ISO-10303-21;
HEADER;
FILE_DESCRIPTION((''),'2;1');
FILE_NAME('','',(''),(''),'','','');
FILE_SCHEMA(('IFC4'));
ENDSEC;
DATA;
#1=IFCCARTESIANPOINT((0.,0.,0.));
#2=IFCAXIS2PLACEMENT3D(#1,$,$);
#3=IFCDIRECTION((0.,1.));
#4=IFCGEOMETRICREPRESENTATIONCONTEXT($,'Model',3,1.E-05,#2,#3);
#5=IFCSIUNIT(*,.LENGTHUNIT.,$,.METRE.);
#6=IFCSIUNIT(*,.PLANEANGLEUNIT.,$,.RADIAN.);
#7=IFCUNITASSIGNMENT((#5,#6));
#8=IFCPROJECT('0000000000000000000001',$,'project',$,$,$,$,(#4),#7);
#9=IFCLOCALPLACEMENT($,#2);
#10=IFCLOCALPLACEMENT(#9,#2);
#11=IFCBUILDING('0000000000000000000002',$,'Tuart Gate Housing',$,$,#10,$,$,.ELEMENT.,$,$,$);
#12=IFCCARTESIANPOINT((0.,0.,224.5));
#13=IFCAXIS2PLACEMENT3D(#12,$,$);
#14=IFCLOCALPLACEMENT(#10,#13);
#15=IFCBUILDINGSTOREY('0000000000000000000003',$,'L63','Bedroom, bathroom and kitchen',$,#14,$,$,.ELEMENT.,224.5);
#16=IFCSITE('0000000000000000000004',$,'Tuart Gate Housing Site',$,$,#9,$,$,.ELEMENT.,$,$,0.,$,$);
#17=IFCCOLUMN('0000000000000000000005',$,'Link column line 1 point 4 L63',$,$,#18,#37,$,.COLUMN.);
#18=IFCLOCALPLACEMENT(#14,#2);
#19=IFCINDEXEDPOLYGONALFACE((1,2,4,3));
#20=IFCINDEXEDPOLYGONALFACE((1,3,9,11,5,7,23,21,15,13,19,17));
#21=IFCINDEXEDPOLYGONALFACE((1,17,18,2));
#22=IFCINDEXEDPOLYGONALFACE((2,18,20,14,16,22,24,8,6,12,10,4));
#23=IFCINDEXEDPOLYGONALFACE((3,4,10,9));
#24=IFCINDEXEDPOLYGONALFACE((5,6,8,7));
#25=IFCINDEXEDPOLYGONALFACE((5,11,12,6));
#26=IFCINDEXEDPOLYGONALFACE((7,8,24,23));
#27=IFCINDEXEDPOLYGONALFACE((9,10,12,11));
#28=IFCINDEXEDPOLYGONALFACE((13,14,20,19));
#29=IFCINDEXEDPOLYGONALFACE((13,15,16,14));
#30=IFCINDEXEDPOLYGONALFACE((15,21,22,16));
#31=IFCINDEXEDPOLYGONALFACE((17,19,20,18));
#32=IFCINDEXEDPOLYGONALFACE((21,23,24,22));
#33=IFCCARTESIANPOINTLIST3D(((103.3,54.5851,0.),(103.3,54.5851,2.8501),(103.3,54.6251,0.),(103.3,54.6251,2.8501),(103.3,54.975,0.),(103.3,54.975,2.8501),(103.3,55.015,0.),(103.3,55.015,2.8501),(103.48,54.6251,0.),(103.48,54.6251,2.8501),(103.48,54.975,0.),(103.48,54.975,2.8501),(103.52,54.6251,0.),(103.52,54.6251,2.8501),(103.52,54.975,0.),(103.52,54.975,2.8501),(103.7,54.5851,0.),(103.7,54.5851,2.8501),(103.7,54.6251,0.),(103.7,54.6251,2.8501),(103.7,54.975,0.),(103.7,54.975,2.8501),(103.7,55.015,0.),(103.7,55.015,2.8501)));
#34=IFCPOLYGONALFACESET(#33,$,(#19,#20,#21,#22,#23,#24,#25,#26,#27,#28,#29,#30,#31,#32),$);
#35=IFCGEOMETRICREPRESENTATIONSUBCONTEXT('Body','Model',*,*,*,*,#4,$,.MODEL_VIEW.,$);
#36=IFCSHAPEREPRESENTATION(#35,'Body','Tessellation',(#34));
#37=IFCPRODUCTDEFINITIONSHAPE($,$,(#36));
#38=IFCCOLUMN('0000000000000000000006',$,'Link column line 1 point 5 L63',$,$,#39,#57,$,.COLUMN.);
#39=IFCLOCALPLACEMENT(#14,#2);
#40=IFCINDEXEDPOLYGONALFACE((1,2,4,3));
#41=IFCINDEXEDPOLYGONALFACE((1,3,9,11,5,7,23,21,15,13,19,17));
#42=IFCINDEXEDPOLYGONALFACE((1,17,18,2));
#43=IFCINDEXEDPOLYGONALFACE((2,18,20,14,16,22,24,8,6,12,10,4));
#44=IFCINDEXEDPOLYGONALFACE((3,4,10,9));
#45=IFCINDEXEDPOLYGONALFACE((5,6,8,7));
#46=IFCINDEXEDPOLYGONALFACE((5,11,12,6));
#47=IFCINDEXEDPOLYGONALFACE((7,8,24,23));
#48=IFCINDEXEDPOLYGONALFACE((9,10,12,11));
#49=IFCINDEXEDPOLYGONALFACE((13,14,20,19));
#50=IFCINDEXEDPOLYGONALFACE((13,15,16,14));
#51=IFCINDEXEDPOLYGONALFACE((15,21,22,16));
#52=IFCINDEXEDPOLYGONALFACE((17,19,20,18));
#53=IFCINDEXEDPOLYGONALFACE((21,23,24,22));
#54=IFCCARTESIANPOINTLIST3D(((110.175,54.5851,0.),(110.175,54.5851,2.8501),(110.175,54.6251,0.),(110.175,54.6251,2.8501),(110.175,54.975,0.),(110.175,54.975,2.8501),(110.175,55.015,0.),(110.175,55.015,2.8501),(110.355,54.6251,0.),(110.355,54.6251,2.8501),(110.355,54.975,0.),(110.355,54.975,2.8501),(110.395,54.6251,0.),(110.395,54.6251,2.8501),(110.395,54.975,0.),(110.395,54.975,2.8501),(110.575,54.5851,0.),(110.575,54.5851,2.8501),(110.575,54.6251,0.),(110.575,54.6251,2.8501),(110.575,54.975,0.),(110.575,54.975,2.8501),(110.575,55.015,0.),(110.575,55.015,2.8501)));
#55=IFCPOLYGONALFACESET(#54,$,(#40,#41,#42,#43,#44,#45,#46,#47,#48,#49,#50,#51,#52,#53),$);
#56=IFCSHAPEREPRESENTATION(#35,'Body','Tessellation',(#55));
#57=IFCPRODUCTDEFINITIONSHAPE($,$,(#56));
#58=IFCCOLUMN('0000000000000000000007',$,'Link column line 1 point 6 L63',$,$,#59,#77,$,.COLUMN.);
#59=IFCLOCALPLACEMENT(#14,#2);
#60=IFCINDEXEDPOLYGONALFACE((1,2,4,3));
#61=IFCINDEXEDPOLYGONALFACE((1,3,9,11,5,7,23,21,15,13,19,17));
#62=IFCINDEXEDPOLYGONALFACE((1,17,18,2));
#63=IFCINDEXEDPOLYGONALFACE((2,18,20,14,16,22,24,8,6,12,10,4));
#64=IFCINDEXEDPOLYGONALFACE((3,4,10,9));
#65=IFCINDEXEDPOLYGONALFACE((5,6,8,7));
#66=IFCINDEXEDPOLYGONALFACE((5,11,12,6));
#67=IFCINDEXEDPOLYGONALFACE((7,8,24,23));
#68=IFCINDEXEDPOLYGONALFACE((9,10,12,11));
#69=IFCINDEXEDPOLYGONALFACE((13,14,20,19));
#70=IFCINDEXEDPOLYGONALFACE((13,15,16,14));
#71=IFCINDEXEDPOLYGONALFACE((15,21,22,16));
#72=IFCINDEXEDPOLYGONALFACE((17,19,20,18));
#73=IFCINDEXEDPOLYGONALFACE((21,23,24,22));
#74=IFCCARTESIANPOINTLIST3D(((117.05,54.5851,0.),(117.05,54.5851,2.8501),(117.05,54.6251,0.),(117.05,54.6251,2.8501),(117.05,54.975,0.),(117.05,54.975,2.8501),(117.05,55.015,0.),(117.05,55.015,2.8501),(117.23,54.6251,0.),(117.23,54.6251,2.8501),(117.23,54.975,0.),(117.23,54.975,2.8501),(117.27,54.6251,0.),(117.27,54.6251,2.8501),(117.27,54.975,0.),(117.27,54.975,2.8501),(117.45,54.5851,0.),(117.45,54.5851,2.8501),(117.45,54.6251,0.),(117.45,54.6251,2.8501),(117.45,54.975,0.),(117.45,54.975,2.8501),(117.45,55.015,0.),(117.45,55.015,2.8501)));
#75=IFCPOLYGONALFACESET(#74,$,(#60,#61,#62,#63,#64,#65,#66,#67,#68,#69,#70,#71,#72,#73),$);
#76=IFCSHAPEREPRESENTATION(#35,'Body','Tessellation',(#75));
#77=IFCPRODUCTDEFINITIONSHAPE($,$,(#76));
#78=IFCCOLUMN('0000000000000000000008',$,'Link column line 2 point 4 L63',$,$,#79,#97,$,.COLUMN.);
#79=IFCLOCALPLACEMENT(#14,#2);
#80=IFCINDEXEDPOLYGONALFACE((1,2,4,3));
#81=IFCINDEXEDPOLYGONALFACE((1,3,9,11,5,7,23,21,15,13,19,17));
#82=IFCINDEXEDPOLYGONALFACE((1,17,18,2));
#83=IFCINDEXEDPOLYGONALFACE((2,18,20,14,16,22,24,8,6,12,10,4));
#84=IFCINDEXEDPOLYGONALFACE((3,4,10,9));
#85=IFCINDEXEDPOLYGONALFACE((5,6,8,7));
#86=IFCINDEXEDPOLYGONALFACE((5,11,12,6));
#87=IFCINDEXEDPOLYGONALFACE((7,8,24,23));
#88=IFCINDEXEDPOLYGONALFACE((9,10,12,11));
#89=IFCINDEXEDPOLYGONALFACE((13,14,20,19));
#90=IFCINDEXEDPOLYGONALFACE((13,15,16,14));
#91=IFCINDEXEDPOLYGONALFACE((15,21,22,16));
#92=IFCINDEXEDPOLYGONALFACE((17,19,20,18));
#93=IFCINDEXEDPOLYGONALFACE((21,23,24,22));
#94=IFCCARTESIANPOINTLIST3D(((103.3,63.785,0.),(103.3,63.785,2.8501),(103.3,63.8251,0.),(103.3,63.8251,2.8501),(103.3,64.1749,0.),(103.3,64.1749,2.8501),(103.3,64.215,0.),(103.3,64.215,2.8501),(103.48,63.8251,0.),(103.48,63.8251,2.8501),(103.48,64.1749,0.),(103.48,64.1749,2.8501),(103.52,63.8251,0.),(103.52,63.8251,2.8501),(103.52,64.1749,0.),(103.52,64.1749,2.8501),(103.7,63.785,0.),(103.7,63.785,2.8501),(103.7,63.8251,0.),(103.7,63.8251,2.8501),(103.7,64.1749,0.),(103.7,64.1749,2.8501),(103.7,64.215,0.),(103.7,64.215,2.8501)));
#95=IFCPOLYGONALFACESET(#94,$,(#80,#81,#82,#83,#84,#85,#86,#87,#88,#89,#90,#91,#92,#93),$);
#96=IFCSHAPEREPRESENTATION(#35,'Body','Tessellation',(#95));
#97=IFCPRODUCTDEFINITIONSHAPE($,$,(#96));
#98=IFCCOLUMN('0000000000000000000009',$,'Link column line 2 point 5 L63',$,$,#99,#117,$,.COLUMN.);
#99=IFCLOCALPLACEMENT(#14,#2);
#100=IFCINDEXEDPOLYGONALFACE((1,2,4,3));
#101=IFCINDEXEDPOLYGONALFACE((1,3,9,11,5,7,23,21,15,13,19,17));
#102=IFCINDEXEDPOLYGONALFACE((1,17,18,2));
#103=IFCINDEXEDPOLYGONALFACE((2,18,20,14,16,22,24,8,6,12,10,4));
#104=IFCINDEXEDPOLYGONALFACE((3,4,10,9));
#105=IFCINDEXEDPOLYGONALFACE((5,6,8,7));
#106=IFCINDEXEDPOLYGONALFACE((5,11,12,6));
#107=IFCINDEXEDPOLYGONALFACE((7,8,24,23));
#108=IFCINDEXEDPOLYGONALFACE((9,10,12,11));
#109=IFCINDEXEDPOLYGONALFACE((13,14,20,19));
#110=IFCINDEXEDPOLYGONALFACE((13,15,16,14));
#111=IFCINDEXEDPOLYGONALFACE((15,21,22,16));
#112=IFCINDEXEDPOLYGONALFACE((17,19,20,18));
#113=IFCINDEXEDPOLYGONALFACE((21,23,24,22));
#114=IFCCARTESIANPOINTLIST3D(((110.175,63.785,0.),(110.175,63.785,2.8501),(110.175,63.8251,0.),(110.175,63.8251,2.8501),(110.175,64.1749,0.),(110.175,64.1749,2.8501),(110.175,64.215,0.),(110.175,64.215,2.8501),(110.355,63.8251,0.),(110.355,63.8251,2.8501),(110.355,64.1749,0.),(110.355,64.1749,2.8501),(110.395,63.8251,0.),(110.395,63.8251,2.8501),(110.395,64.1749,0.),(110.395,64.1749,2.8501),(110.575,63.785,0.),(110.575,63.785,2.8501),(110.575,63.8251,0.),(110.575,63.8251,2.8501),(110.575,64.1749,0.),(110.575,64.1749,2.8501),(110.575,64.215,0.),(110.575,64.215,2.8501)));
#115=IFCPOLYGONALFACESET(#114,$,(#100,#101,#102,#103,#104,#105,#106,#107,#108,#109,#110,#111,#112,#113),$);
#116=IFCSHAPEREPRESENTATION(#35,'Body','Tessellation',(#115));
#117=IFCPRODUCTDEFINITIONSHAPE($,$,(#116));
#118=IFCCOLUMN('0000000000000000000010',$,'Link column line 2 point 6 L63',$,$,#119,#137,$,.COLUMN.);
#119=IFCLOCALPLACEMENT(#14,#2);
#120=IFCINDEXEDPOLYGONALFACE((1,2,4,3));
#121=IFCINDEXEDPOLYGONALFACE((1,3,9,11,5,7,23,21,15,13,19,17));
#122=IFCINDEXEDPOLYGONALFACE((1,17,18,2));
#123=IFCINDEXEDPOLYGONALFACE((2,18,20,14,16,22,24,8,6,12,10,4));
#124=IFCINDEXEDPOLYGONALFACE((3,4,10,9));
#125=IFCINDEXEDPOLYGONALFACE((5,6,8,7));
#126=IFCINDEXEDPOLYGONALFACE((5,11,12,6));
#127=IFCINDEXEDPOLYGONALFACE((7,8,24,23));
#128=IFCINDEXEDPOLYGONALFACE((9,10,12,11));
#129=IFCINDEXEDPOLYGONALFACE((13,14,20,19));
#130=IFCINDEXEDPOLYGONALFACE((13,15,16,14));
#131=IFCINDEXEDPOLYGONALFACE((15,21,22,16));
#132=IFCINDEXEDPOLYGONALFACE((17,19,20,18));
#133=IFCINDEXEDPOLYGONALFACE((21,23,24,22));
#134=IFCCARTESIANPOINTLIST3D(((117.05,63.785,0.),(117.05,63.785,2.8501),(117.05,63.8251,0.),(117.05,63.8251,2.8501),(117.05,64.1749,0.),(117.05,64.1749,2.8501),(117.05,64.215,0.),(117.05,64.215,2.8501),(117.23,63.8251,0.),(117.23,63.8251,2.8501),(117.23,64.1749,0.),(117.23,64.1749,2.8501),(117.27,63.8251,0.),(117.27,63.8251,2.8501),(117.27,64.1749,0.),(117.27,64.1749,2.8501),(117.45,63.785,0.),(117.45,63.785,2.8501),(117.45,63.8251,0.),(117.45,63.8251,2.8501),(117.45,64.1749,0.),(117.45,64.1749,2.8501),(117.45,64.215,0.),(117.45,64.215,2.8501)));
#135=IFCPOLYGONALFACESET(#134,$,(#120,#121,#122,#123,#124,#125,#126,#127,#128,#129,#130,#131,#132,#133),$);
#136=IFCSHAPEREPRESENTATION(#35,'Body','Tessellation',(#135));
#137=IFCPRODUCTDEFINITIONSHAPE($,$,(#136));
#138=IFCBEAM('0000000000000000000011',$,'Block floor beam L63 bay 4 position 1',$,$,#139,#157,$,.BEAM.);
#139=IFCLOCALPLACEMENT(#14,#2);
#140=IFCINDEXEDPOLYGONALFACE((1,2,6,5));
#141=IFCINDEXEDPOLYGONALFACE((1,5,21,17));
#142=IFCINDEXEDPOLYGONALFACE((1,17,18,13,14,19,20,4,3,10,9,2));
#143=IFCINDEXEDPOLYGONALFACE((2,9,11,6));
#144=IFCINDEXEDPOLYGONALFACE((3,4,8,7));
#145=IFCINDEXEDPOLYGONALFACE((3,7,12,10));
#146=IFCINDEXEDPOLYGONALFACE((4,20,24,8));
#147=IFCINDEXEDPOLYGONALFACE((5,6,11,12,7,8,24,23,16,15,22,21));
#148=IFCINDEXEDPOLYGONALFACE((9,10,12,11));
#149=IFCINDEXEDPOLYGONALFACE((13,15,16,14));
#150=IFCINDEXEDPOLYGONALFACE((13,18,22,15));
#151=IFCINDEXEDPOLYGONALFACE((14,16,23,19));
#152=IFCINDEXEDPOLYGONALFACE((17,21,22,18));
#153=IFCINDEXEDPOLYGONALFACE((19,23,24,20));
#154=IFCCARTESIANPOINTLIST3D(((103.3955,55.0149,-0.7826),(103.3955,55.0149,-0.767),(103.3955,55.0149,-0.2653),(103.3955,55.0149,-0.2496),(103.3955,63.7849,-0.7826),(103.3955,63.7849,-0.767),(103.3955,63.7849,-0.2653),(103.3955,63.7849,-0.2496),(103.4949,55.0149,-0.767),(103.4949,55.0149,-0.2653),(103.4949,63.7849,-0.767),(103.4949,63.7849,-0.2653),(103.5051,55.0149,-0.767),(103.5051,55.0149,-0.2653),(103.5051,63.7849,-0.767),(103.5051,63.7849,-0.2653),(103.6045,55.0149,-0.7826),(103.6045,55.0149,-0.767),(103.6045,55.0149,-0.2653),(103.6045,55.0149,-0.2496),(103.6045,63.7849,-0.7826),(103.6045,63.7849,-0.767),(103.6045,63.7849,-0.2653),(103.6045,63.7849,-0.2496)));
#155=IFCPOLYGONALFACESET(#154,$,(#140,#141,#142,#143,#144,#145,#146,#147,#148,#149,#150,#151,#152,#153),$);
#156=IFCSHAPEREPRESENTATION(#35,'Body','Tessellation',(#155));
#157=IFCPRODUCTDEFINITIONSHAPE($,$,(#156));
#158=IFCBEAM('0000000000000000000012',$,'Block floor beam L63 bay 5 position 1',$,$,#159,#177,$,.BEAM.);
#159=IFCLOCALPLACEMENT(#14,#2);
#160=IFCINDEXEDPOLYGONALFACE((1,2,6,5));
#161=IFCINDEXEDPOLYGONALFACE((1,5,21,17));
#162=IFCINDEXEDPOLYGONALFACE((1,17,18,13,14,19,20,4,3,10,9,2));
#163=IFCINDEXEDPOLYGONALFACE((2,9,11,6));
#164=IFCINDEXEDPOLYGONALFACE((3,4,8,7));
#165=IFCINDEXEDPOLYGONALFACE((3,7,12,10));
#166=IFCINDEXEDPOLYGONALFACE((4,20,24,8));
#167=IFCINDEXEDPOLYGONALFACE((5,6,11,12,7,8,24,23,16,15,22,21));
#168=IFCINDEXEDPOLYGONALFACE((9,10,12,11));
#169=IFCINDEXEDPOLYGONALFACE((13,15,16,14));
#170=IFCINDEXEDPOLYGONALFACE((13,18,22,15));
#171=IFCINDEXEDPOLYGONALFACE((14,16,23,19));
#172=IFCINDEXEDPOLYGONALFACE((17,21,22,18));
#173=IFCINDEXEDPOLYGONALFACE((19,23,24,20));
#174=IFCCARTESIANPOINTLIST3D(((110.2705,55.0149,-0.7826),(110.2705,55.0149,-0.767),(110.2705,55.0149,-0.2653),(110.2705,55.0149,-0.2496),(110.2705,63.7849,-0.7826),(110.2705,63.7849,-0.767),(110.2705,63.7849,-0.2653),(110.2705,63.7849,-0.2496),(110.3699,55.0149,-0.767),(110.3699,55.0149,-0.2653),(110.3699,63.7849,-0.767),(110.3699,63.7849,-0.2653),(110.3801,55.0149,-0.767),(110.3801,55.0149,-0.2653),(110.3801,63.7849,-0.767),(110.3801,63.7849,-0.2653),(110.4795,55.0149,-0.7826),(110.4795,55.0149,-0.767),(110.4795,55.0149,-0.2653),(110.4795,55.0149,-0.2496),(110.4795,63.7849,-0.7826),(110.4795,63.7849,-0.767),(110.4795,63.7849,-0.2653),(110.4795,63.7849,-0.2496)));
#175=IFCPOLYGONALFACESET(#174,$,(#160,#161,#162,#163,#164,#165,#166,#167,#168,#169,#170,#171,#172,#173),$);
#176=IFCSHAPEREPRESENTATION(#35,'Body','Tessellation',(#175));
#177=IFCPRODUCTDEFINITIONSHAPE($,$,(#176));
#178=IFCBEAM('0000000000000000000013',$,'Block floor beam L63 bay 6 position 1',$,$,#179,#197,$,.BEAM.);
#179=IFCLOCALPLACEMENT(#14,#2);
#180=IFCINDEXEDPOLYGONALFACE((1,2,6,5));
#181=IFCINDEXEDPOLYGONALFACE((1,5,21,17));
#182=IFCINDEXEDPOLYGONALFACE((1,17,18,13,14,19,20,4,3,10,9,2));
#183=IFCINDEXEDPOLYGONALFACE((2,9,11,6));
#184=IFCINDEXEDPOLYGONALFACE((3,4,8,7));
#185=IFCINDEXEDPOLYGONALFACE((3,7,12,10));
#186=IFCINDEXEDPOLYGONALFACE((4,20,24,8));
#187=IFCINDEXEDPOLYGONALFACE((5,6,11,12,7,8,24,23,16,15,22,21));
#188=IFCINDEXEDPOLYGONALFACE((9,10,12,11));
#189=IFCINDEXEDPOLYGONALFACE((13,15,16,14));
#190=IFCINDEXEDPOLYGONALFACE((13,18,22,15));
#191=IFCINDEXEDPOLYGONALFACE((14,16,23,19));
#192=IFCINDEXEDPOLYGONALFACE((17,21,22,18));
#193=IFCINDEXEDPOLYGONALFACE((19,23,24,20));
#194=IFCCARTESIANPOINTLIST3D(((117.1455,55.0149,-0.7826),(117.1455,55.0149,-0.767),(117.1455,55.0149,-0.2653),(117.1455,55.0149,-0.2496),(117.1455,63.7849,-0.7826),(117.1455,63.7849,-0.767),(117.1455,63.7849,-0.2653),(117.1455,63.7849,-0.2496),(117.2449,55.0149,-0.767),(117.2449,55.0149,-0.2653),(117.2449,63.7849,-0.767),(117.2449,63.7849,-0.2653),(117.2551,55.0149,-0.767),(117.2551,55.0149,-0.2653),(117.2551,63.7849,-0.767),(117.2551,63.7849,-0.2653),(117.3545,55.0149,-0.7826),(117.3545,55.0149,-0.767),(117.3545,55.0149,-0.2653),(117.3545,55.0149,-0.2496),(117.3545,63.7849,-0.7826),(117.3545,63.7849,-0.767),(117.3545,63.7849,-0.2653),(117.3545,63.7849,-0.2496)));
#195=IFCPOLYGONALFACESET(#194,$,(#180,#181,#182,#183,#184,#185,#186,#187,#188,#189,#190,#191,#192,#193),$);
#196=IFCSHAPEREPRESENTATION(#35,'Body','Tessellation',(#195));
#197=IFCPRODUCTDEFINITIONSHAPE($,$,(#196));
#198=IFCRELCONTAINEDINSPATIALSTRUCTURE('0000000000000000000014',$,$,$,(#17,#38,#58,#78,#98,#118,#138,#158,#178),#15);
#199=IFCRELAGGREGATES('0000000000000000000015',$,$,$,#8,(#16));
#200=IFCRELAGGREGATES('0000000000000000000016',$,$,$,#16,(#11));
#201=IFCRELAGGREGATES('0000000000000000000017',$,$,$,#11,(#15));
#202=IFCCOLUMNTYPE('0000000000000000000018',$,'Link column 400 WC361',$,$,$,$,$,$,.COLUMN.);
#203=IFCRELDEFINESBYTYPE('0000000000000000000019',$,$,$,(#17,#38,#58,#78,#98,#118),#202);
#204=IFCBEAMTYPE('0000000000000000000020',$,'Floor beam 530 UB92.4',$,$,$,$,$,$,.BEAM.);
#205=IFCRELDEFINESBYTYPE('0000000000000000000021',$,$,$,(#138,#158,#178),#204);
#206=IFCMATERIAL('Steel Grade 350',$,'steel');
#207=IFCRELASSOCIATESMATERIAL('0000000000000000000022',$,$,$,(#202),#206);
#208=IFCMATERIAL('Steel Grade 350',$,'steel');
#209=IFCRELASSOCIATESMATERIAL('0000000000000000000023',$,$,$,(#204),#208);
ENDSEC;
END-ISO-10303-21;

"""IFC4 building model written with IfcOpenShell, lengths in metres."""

from ifc_helpers import new_model, si_unit, direction, frame, origin, origin_2d, place, context, subcontext, project, spatial, i_section, extrude, material, material_profile, profile_set, type_object, element, save


model = new_model("IFC4")

# Units and contexts
model_context = context("Model", 3, precision=1e-05, world=origin(), true_north=direction((0.0, 1.0)))
body_context = subcontext(model_context, "Body", "Model", "MODEL_VIEW")
ifc_project = project(units=[si_unit("LENGTHUNIT", "METRE"), si_unit("PLANEANGLEUNIT", "RADIAN")], contexts=[model_context])

# Site, building, storey
site_placement = place(None, origin())
site = spatial("IfcSite", under=ifc_project, at=site_placement, Name="Tuart Gate Housing Site", CompositionType="ELEMENT", RefElevation=0.0)
building_placement = place(site_placement, origin())
building = spatial("IfcBuilding", under=site, at=building_placement, Name="Tuart Gate Housing", CompositionType="ELEMENT")
storey_placement = place(building_placement, frame((0.0, 0.0, 224.5)))
storey = spatial("IfcBuildingStorey", under=building, at=storey_placement, Name="L63", Description="Bedroom, bathroom and kitchen", CompositionType="ELEMENT", Elevation=224.5)

# Columns
ifc_material_1 = material(Name="Steel Grade 350", Category="steel")
ifc_material_profile_1 = material_profile(ifc_material_1, i_section(OverallWidth=0.3999, OverallDepth=0.4299, WebThickness=0.04, FlangeThickness=0.04, at=origin_2d()), Name="400WC361")
ifc_profile_set_1 = profile_set([ifc_material_profile_1], Name="Steel Grade 350")
column_type = type_object("IfcColumnType", Name="Link column 400 WC361", PredefinedType="COLUMN", material=ifc_profile_set_1)
for number, where, z_axis, x_axis, name in (
    (1, (103.5, 54.8, 0.0), (0.0, 0.0, 1.0), (1.0, 0.0, 0.0), "Link column line 1 point 4 L63"),
    (2, (110.375, 54.8, 0.0), (0.0, 0.0, 1.0), (1.0, 0.0, 0.0), "Link column line 1 point 5 L63"),
    (3, (117.25, 54.8, 0.0), (0.0, 0.0, 1.0), (1.0, 0.0, 0.0), "Link column line 1 point 6 L63"),
    (4, (103.5, 64.0, 0.0), (0.0, 0.0, 1.0), (1.0, 0.0, 0.0), "Link column line 2 point 4 L63"),
    (5, (110.375, 64.0, 0.0), (0.0, 0.0, 1.0), (1.0, 0.0, 0.0), "Link column line 2 point 5 L63"),
    (6, (117.25, 64.0, 0.0), (0.0, 0.0, 1.0), (1.0, 0.0, 0.0), "Link column line 2 point 6 L63"),
):
    element("IfcColumn", number, at=place(storey_placement, frame(where, z_axis=z_axis, x_axis=x_axis)), inside=storey, type_object=column_type, Name=name, PredefinedType="COLUMN", context=body_context, shape_type="SweptSolid", body=[
        extrude(i_section(OverallWidth=0.3999, OverallDepth=0.4299, WebThickness=0.04, FlangeThickness=0.04, at=origin_2d()), origin(), (0.0, 0.0, 1.0), 2.8501),
    ])

# Beams
ifc_material_2 = material(Name="Steel Grade 350", Category="steel")
ifc_material_profile_2 = material_profile(ifc_material_2, i_section(OverallWidth=0.209, OverallDepth=0.533, WebThickness=0.0103, FlangeThickness=0.0156, at=origin_2d()), Name="530UB92.4")
ifc_profile_set_2 = profile_set([ifc_material_profile_2], Name="Steel Grade 350")
beam_type_1 = type_object("IfcBeamType", Name="Floor beam 530 UB92.4", PredefinedType="BEAM", material=ifc_profile_set_2)
for number, where, z_axis, x_axis, name in (
    (7, (103.5, 55.0149, -0.5161), (0.0, 1.0, 0.0), (-1.0, 0.0, 0.0), "Block floor beam L63 bay 4 position 1"),
    (8, (110.375, 55.0149, -0.5161), (0.0, 1.0, 0.0), (-1.0, 0.0, 0.0), "Block floor beam L63 bay 5 position 1"),
    (9, (117.25, 55.0149, -0.5161), (0.0, 1.0, 0.0), (-1.0, 0.0, 0.0), "Block floor beam L63 bay 6 position 1"),
):
    element("IfcBeam", number, at=place(storey_placement, frame(where, z_axis=z_axis, x_axis=x_axis)), inside=storey, type_object=beam_type_1, Name=name, PredefinedType="BEAM", context=body_context, shape_type="SweptSolid", body=[
        extrude(i_section(OverallWidth=0.209, OverallDepth=0.533, WebThickness=0.0103, FlangeThickness=0.0156, at=origin_2d()), origin(), (0.0, 0.0, 1.0), 8.77),
    ])

save(model, "model.ifc")
